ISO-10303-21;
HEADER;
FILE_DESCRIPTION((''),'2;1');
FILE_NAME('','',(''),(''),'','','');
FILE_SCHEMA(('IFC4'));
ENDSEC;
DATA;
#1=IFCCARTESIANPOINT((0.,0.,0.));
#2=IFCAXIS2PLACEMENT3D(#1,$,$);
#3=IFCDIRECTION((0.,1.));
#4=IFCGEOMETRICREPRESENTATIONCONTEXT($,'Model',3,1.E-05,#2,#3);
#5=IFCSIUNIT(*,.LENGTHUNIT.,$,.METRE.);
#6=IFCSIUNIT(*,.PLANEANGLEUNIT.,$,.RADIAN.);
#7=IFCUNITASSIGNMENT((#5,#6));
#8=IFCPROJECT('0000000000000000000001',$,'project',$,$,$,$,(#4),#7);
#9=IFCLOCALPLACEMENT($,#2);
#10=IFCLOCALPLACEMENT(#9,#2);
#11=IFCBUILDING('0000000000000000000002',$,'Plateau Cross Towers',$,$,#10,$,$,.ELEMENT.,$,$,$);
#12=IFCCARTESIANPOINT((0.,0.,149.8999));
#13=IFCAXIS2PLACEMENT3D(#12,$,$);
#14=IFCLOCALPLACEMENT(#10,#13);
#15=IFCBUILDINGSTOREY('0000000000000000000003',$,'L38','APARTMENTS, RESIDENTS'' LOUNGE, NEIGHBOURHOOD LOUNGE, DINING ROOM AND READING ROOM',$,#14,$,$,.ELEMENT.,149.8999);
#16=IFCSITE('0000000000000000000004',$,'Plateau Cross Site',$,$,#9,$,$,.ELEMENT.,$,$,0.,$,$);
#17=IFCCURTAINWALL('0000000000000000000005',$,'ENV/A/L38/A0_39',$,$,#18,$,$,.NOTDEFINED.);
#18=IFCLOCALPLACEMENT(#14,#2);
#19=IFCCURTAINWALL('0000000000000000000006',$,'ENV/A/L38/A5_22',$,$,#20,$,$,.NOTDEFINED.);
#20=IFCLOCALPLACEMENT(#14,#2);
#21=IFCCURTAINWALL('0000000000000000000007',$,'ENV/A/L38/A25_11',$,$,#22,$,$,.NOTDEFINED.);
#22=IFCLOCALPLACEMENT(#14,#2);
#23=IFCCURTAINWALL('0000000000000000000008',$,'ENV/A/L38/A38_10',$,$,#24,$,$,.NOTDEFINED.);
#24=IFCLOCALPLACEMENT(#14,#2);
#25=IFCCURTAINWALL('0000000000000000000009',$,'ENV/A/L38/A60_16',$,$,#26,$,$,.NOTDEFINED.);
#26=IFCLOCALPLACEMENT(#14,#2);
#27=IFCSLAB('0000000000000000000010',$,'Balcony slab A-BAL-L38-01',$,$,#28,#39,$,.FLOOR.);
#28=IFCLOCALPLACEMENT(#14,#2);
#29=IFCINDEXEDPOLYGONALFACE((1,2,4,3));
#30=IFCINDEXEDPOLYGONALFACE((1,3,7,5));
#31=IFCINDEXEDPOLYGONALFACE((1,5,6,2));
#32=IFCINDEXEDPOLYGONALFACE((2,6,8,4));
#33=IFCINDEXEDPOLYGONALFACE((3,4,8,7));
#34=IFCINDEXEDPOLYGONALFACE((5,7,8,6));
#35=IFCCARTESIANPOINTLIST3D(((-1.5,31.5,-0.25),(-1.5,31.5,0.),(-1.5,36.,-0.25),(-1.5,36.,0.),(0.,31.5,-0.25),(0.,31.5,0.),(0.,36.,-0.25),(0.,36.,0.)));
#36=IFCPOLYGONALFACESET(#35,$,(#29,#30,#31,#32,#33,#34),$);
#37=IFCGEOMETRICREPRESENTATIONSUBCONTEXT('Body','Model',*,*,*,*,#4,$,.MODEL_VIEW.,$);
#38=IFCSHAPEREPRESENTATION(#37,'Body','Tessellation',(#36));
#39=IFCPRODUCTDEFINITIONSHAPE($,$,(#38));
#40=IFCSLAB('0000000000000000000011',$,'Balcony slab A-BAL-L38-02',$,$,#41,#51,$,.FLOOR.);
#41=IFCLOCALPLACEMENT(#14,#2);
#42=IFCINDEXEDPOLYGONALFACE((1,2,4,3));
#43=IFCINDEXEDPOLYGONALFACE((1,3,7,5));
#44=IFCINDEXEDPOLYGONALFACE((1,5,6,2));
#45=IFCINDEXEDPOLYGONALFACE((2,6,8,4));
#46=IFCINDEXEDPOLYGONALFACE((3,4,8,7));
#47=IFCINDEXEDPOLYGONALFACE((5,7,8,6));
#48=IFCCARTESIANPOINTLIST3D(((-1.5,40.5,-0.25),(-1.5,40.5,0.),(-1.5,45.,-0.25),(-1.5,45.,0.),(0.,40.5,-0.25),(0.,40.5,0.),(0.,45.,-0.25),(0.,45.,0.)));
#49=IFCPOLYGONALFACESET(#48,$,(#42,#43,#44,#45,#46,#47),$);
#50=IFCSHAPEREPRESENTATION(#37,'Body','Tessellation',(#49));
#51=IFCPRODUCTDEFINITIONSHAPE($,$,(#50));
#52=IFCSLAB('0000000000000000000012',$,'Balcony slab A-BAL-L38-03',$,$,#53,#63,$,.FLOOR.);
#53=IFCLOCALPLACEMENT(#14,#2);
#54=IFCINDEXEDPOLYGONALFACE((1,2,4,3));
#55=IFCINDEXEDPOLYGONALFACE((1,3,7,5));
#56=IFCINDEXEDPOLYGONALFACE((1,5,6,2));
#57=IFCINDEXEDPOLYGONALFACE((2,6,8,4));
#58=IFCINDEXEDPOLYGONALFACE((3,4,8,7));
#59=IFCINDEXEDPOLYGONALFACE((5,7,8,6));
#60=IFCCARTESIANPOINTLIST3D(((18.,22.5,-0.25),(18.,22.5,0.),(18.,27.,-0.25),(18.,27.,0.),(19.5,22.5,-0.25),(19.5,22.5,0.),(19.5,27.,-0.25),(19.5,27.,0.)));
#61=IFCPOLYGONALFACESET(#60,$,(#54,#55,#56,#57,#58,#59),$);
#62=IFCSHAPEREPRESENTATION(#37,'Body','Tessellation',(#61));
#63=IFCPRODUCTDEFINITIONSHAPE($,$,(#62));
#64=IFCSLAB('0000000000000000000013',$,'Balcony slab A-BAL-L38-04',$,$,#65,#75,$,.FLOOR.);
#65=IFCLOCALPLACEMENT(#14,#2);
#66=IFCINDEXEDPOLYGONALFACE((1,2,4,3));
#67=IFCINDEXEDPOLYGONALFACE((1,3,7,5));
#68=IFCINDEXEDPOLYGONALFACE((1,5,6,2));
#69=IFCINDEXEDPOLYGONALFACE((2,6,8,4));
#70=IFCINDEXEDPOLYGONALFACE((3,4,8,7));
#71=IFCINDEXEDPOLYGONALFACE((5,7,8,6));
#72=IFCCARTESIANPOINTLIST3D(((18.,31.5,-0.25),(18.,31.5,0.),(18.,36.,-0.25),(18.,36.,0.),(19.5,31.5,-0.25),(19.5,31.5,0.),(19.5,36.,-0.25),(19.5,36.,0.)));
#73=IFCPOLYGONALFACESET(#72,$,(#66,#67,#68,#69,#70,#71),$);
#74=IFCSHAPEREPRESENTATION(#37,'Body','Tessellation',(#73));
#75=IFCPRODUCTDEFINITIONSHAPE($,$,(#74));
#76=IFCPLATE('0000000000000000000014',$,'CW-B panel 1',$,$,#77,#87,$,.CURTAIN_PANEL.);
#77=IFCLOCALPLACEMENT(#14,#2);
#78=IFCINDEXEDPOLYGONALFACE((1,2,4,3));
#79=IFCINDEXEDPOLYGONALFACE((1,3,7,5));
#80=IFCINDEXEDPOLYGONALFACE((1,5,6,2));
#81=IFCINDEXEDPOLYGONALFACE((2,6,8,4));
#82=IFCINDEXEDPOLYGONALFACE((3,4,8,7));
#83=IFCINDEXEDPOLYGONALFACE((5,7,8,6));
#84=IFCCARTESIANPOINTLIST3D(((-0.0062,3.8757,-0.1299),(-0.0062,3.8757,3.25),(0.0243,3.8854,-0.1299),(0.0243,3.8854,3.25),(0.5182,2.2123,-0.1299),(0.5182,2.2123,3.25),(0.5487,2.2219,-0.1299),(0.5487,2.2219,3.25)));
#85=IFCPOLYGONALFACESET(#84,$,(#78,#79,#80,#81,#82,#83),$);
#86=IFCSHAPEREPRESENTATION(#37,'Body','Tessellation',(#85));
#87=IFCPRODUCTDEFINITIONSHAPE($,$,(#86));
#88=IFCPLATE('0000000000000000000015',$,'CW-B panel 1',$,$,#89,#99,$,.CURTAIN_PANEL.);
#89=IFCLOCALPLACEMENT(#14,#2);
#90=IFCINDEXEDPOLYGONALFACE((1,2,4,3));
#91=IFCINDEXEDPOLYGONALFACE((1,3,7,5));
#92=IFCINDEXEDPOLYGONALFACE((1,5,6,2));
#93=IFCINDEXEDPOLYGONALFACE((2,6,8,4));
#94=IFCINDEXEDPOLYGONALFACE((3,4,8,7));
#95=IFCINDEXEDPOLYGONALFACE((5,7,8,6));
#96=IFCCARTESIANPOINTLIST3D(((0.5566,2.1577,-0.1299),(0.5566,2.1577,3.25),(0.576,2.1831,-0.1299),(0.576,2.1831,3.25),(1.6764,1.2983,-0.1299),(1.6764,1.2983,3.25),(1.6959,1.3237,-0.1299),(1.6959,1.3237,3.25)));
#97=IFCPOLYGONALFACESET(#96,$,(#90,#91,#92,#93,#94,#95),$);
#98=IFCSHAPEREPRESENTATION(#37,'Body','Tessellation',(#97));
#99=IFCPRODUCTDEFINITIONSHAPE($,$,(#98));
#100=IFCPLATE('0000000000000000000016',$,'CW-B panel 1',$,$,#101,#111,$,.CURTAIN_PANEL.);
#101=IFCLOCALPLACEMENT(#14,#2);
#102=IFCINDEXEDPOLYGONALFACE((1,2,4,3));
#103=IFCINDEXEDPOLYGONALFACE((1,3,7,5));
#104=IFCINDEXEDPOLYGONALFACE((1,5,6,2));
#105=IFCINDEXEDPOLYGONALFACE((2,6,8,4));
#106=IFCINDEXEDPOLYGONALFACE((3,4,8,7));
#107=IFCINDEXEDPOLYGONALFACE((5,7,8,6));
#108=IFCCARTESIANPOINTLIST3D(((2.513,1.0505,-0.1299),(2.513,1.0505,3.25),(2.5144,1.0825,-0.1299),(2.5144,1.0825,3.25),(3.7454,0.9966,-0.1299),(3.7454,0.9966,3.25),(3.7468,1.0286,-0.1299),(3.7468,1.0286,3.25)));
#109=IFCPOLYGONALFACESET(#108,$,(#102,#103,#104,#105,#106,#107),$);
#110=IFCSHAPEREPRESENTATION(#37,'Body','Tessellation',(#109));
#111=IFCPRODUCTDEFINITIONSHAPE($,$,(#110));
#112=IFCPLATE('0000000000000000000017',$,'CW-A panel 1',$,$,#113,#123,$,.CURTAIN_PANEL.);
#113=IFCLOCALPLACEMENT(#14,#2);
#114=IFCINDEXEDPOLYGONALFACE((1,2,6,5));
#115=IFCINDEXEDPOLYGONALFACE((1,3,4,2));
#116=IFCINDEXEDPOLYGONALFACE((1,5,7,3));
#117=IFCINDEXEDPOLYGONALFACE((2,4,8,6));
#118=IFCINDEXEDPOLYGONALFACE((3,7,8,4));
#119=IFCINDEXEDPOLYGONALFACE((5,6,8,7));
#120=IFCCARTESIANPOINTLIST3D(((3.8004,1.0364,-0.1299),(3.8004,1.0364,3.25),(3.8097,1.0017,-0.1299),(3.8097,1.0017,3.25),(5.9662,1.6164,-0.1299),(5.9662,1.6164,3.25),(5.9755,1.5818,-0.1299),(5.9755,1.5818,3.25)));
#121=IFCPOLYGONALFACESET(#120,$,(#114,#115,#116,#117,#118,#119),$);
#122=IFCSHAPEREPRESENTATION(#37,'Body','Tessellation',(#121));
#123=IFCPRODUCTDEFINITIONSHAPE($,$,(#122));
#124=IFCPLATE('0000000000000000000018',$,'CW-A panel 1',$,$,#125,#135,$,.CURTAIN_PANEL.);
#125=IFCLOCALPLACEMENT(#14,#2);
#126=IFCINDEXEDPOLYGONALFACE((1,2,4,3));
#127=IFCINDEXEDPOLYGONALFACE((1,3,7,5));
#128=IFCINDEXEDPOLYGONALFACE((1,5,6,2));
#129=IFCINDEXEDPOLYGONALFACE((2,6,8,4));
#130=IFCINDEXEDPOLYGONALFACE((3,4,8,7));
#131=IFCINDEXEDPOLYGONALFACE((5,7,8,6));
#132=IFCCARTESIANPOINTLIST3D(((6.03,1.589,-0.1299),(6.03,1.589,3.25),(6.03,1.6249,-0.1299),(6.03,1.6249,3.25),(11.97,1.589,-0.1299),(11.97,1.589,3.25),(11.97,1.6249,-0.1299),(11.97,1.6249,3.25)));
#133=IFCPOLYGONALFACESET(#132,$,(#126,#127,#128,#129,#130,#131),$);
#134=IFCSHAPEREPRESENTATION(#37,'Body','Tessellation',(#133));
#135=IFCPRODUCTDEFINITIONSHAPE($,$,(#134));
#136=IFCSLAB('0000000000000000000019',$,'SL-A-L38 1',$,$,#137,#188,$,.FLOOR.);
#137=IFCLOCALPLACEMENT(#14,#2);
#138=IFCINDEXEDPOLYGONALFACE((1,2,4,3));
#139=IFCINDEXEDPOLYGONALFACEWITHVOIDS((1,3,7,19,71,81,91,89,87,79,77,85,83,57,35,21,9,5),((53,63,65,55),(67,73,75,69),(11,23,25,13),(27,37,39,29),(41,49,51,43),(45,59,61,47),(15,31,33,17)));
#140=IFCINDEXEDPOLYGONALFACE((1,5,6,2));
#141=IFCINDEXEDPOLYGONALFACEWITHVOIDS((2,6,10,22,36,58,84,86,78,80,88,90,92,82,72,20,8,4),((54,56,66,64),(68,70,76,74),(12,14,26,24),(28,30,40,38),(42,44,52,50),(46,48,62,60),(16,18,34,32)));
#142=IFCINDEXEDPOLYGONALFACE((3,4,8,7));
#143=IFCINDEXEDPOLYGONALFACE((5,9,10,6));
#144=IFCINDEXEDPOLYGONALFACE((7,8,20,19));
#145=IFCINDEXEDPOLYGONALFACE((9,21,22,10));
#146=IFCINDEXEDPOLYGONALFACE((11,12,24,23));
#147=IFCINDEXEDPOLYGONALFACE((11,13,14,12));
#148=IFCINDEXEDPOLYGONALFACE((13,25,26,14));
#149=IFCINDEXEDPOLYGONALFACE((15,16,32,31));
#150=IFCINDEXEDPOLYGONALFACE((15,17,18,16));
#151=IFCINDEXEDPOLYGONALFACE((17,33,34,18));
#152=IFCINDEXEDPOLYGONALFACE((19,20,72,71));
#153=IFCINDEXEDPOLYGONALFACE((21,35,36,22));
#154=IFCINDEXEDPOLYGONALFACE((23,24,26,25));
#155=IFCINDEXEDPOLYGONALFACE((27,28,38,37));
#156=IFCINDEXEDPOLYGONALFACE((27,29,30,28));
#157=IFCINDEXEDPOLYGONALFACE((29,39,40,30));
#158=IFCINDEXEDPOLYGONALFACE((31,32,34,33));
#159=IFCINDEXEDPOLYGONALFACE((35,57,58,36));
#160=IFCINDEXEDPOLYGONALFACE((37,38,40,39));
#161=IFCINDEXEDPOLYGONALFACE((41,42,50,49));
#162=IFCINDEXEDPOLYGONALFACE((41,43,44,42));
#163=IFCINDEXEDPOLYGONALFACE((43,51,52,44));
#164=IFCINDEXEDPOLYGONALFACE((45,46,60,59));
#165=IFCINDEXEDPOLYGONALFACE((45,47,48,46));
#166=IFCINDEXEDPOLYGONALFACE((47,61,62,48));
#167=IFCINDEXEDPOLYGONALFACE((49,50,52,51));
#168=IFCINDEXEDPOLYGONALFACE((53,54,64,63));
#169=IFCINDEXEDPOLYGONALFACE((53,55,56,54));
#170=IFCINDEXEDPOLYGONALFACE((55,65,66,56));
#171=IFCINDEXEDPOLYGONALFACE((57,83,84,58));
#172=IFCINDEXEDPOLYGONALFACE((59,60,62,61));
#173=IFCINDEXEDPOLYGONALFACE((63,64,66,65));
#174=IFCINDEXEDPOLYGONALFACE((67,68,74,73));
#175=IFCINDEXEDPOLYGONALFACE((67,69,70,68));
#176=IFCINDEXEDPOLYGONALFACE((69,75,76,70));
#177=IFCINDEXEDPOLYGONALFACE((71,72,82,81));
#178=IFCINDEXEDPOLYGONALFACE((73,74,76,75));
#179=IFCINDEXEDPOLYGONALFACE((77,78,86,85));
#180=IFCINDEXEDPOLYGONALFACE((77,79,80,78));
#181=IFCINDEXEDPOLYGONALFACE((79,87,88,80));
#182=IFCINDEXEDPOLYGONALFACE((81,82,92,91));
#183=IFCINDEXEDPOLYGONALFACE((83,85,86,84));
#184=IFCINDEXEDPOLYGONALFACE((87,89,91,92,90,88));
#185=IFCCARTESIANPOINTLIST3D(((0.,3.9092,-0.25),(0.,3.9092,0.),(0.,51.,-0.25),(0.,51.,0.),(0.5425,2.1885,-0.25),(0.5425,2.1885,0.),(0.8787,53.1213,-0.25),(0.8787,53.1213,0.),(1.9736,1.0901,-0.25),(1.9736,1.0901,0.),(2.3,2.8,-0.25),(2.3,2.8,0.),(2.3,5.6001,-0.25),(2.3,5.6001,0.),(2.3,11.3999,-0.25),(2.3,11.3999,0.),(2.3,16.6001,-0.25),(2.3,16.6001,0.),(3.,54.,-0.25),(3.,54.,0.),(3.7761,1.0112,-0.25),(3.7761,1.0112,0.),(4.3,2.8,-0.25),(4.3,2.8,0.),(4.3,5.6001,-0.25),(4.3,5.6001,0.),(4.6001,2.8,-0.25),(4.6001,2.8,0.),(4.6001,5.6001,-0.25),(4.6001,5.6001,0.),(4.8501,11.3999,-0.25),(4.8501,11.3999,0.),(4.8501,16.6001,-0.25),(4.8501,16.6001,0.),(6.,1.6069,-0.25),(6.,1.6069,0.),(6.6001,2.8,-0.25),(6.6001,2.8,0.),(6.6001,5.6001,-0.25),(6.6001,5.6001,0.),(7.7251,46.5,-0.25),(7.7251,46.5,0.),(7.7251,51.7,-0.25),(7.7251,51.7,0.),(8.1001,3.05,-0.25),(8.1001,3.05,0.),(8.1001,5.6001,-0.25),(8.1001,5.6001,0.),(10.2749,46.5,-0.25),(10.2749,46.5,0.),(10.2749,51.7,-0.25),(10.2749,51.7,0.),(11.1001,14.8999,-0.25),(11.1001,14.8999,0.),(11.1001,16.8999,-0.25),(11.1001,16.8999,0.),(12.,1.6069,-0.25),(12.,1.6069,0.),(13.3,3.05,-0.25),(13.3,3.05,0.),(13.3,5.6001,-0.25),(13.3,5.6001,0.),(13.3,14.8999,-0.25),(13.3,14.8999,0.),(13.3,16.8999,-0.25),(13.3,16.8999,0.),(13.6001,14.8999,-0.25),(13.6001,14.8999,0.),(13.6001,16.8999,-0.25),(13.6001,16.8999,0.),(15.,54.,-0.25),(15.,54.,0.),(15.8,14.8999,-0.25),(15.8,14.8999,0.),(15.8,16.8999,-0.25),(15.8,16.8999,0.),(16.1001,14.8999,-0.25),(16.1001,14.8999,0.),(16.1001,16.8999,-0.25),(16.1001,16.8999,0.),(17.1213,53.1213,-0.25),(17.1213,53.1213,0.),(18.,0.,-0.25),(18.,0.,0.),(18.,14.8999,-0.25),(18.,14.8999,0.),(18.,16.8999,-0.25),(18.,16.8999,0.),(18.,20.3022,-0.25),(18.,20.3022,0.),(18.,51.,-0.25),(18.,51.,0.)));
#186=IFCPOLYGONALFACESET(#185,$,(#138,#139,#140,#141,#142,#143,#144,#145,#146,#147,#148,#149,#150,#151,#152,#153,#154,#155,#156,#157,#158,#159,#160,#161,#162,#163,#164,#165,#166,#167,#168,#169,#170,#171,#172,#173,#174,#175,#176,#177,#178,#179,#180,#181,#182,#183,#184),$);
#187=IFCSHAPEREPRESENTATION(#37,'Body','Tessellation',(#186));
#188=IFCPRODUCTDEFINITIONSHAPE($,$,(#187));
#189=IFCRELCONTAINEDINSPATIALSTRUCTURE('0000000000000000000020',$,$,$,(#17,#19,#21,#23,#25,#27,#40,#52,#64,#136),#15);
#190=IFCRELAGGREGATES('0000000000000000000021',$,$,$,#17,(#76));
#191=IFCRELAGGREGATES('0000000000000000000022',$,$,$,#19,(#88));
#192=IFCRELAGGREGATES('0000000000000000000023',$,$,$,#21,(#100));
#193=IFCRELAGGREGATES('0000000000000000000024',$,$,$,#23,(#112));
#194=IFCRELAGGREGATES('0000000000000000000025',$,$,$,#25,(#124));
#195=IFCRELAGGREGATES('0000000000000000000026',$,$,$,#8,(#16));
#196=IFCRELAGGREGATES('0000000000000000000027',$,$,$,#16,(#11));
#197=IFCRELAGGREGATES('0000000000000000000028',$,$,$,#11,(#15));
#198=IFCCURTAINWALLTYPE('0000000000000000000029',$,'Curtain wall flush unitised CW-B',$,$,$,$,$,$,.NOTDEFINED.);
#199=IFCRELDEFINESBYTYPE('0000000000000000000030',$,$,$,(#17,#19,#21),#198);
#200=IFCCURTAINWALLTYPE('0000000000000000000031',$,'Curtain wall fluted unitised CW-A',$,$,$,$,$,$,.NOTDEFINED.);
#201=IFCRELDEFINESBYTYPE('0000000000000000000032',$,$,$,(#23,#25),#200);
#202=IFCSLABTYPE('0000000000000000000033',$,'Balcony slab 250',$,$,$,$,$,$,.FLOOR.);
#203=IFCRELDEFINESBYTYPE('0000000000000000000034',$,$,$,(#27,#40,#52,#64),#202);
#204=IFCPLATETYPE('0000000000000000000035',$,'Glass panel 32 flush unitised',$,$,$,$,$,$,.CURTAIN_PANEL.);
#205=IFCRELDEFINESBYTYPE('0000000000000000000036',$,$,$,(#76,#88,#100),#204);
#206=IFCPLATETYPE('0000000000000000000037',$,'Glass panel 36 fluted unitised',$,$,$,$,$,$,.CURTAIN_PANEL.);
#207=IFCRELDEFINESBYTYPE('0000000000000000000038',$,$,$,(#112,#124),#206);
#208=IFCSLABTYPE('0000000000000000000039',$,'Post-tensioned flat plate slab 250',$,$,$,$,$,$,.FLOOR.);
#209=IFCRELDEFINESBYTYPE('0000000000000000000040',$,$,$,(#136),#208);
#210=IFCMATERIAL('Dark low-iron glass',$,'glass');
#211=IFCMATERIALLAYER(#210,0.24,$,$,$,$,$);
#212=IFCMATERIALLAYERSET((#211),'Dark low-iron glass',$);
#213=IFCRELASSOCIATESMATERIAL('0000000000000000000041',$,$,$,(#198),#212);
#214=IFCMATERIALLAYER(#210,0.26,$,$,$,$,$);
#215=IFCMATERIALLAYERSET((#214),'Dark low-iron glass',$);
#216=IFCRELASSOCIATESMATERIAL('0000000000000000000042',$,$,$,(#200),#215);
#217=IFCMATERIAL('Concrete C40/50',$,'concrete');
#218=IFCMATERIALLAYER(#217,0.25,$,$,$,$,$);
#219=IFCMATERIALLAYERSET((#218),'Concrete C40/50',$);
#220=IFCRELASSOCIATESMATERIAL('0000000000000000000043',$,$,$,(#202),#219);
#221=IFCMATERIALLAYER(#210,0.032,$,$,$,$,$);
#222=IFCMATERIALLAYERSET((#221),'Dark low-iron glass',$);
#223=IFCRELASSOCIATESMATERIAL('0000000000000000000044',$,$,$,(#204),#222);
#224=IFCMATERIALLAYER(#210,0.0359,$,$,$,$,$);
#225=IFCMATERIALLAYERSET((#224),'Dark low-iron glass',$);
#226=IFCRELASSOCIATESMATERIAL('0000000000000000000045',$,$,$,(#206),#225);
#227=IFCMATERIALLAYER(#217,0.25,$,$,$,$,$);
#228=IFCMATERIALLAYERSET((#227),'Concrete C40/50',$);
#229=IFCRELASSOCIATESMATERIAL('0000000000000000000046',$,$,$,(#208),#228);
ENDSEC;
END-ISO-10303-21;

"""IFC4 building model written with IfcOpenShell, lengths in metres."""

from ifc_helpers import new_model, si_unit, direction, frame, origin, origin_2d, place, context, subcontext, project, spatial, polyline, rectangle, outline, extrude, material, layer, layer_set, type_object, element, aggregate, save


model = new_model("IFC4")

# Units and contexts
model_context = context("Model", 3, precision=1e-05, world=origin(), true_north=direction((0.0, 1.0)))
body_context = subcontext(model_context, "Body", "Model", "MODEL_VIEW")
ifc_project = project(units=[si_unit("LENGTHUNIT", "METRE"), si_unit("PLANEANGLEUNIT", "RADIAN")], contexts=[model_context])

# Site, building, storey
site_placement = place(None, origin())
site = spatial("IfcSite", under=ifc_project, at=site_placement, Name="Plateau Cross Site", CompositionType="ELEMENT", RefElevation=0.0)
building_placement = place(site_placement, origin())
building = spatial("IfcBuilding", under=site, at=building_placement, Name="Plateau Cross Towers", CompositionType="ELEMENT")
storey_placement = place(building_placement, frame((0.0, 0.0, 149.8999)))
storey = spatial("IfcBuildingStorey", under=building, at=storey_placement, Name="L38", Description="APARTMENTS, RESIDENTS' LOUNGE, NEIGHBOURHOOD LOUNGE, DINING ROOM AND READING ROOM", CompositionType="ELEMENT", Elevation=149.8999)

# Curtain wall
ifc_material_1 = material(Name="Dark low-iron glass", Category="glass")
ifc_layer_1 = layer(ifc_material_1, 0.24)
ifc_layer_set_1 = layer_set([ifc_layer_1], Name="Dark low-iron glass")
curtain_wall_type_1 = type_object("IfcCurtainWallType", Name="Curtain wall flush unitised CW-B", PredefinedType="NOTDEFINED", material=ifc_layer_set_1)
curtain_wall_1_placement = place(storey_placement, origin())
curtain_wall_1 = element("IfcCurtainWall", 1, at=curtain_wall_1_placement, inside=storey, type_object=curtain_wall_type_1, Name="ENV/A/L38/A0_39", PredefinedType="NOTDEFINED")

# Curtain wall
curtain_wall_2_placement = place(storey_placement, origin())
curtain_wall_2 = element("IfcCurtainWall", 2, at=curtain_wall_2_placement, inside=storey, type_object=curtain_wall_type_1, Name="ENV/A/L38/A5_22", PredefinedType="NOTDEFINED")

# Curtain walls
curtain_wall_3_placement = place(storey_placement, origin())
curtain_wall_3 = element("IfcCurtainWall", 3, at=curtain_wall_3_placement, inside=storey, type_object=curtain_wall_type_1, Name="ENV/A/L38/A25_11", PredefinedType="NOTDEFINED")
ifc_layer_2 = layer(ifc_material_1, 0.26)
ifc_layer_set_2 = layer_set([ifc_layer_2], Name="Dark low-iron glass")
curtain_wall_type_2 = type_object("IfcCurtainWallType", Name="Curtain wall fluted unitised CW-A", PredefinedType="NOTDEFINED", material=ifc_layer_set_2)
curtain_wall_4_placement = place(storey_placement, origin())
curtain_wall_4 = element("IfcCurtainWall", 4, at=curtain_wall_4_placement, inside=storey, type_object=curtain_wall_type_2, Name="ENV/A/L38/A38_10", PredefinedType="NOTDEFINED")
curtain_wall_5_placement = place(storey_placement, origin())
curtain_wall_5 = element("IfcCurtainWall", 5, at=curtain_wall_5_placement, inside=storey, type_object=curtain_wall_type_2, Name="ENV/A/L38/A60_16", PredefinedType="NOTDEFINED")

# Slabs
ifc_material_2 = material(Name="Concrete C40/50", Category="concrete")
ifc_layer_3 = layer(ifc_material_2, 0.25)
ifc_layer_set_3 = layer_set([ifc_layer_3], Name="Concrete C40/50")
slab_type_1 = type_object("IfcSlabType", Name="Balcony slab 250", PredefinedType="FLOOR", material=ifc_layer_set_3)
slab_1_placement = place(storey_placement, frame((0.0, 0.0, -0.25)))
element("IfcSlab", 6, at=slab_1_placement, inside=storey, type_object=slab_type_1, Name="Balcony slab A-BAL-L38-01", PredefinedType="FLOOR", context=body_context, shape_type="SweptSolid", body=[
    extrude(outline(polyline([(0.0, 31.5), (0.0, 36.0), (-1.5, 36.0), (-1.5, 31.5), (0.0, 31.5)])), origin(), (0.0, 0.0, 1.0), 0.25),
])
slab_2_placement = place(storey_placement, frame((0.0, 0.0, -0.25)))
element("IfcSlab", 7, at=slab_2_placement, inside=storey, type_object=slab_type_1, Name="Balcony slab A-BAL-L38-02", PredefinedType="FLOOR", context=body_context, shape_type="SweptSolid", body=[
    extrude(outline(polyline([(0.0, 40.5), (0.0, 45.0), (-1.5, 45.0), (-1.5, 40.5), (0.0, 40.5)])), origin(), (0.0, 0.0, 1.0), 0.25),
])
slab_3_placement = place(storey_placement, frame((0.0, 0.0, -0.25)))
element("IfcSlab", 8, at=slab_3_placement, inside=storey, type_object=slab_type_1, Name="Balcony slab A-BAL-L38-03", PredefinedType="FLOOR", context=body_context, shape_type="SweptSolid", body=[
    extrude(outline(polyline([(19.5, 22.5), (19.5, 27.0), (18.0, 27.0), (18.0, 22.5), (19.5, 22.5)])), origin(), (0.0, 0.0, 1.0), 0.25),
])
slab_4_placement = place(storey_placement, frame((0.0, 0.0, -0.25)))
element("IfcSlab", 9, at=slab_4_placement, inside=storey, type_object=slab_type_1, Name="Balcony slab A-BAL-L38-04", PredefinedType="FLOOR", context=body_context, shape_type="SweptSolid", body=[
    extrude(outline(polyline([(19.5, 31.5), (19.5, 36.0), (18.0, 36.0), (18.0, 31.5), (19.5, 31.5)])), origin(), (0.0, 0.0, 1.0), 0.25),
])

# Plates
ifc_layer_4 = layer(ifc_material_1, 0.032)
ifc_layer_set_4 = layer_set([ifc_layer_4], Name="Dark low-iron glass")
plate_type_1 = type_object("IfcPlateType", Name="Glass panel 32 flush unitised", PredefinedType="CURTAIN_PANEL", material=ifc_layer_set_4)
plate_1_placement = place(storey_placement, frame((0.2712, 3.0488, -0.1299), z_axis=(0.0, 0.0, 1.0), x_axis=(0.300686, -0.953723, 0.0)))
plate_1 = element("IfcPlate", 10, at=plate_1_placement, type_object=plate_type_1, Name="CW-B panel 1", PredefinedType="CURTAIN_PANEL", context=body_context, shape_type="SweptSolid", body=[
    extrude(rectangle(XDim=1.7441, YDim=0.032, at=origin_2d()), origin(), (0.0, 0.0, 1.0), 3.3799),
])
aggregate(curtain_wall_1, [plate_1])
plate_2_placement = place(storey_placement, frame((1.1262, 1.7407, -0.1299), z_axis=(0.0, 0.0, 1.0), x_axis=(0.793316, -0.608811, 0.0)))
plate_2 = element("IfcPlate", 11, at=plate_2_placement, type_object=plate_type_1, Name="CW-B panel 1", PredefinedType="CURTAIN_PANEL", context=body_context, shape_type="SweptSolid", body=[
    extrude(rectangle(XDim=1.4116, YDim=0.032, at=origin_2d()), origin(), (0.0, 0.0, 1.0), 3.3799),
])
aggregate(curtain_wall_2, [plate_2])
plate_3_placement = place(storey_placement, frame((3.1299, 1.0396, -0.1299), z_axis=(0.0, 0.0, 1.0), x_axis=(0.999044, -0.043723, 0.0)))
plate_3 = element("IfcPlate", 12, at=plate_3_placement, type_object=plate_type_1, Name="CW-B panel 1", PredefinedType="CURTAIN_PANEL", context=body_context, shape_type="SweptSolid", body=[
    extrude(rectangle(XDim=1.2336, YDim=0.032, at=origin_2d()), origin(), (0.0, 0.0, 1.0), 3.3799),
])
aggregate(curtain_wall_3, [plate_3])
ifc_layer_5 = layer(ifc_material_1, 0.0359)
ifc_layer_set_5 = layer_set([ifc_layer_5], Name="Dark low-iron glass")
plate_type_2 = type_object("IfcPlateType", Name="Glass panel 36 fluted unitised", PredefinedType="CURTAIN_PANEL", material=ifc_layer_set_5)
plate_4_placement = place(storey_placement, frame((4.8879, 1.3091, -0.1299), z_axis=(0.0, 0.0, 1.0), x_axis=(0.965958, 0.258699, 0.0)))
plate_4 = element("IfcPlate", 13, at=plate_4_placement, type_object=plate_type_2, Name="CW-A panel 1", PredefinedType="CURTAIN_PANEL", context=body_context, shape_type="SweptSolid", body=[
    extrude(rectangle(XDim=2.2422, YDim=0.0359, at=origin_2d()), origin(), (0.0, 0.0, 1.0), 3.3799),
])
aggregate(curtain_wall_4, [plate_4])
plate_5_placement = place(storey_placement, frame((9.0, 1.6069, -0.1299), z_axis=(0.0, 0.0, 1.0), x_axis=(1.0, 0.0, 0.0)))
plate_5 = element("IfcPlate", 14, at=plate_5_placement, type_object=plate_type_2, Name="CW-A panel 1", PredefinedType="CURTAIN_PANEL", context=body_context, shape_type="SweptSolid", body=[
    extrude(rectangle(XDim=5.9399, YDim=0.0359, at=origin_2d()), origin(), (0.0, 0.0, 1.0), 3.3799),
])
aggregate(curtain_wall_5, [plate_5])

# Slab
ifc_layer_6 = layer(ifc_material_2, 0.25)
ifc_layer_set_6 = layer_set([ifc_layer_6], Name="Concrete C40/50")
slab_type_2 = type_object("IfcSlabType", Name="Post-tensioned flat plate slab 250", PredefinedType="FLOOR", material=ifc_layer_set_6)
slab_5_placement = place(storey_placement, frame((0.0, 0.0, -0.25)))
element("IfcSlab", 15, at=slab_5_placement, inside=storey, type_object=slab_type_2, Name="SL-A-L38 1", PredefinedType="FLOOR", context=body_context, shape_type="SweptSolid", body=[
    extrude(outline(polyline([(0.5425, 2.1885), (0.0, 3.9092), (0.0, 51.0), (0.8787, 53.1213), (3.0, 54.0), (15.0, 54.0), (17.1213, 53.1213), (18.0, 51.0), (18.0, 20.3022), (18.0, 16.8999), (16.1001, 16.8999), (16.1001, 14.8999), (18.0, 14.8999), (18.0, 0.0), (12.0, 1.6069), (6.0, 1.6069), (3.7761, 1.0112), (1.9736, 1.0901), (0.5425, 2.1885)]), holes=[polyline([(2.3, 5.6001), (2.3, 2.8), (4.3, 2.8), (4.3, 5.6001), (2.3, 5.6001)]), polyline([(4.6001, 5.6001), (4.6001, 2.8), (6.6001, 2.8), (6.6001, 5.6001), (4.6001, 5.6001)]), polyline([(8.1001, 5.6001), (8.1001, 3.05), (13.3, 3.05), (13.3, 5.6001), (8.1001, 5.6001)]), polyline([(2.3, 11.3999), (4.8501, 11.3999), (4.8501, 16.6001), (2.3, 16.6001), (2.3, 11.3999)]), polyline([(11.1001, 16.8999), (11.1001, 14.8999), (13.3, 14.8999), (13.3, 16.8999), (11.1001, 16.8999)]), polyline([(13.6001, 16.8999), (13.6001, 14.8999), (15.8, 14.8999), (15.8, 16.8999), (13.6001, 16.8999)]), polyline([(7.7251, 51.7), (7.7251, 46.5), (10.2749, 46.5), (10.2749, 51.7), (7.7251, 51.7)])]), origin(), (0.0, 0.0, 1.0), 0.25),
])

save(model, "model.ifc")
